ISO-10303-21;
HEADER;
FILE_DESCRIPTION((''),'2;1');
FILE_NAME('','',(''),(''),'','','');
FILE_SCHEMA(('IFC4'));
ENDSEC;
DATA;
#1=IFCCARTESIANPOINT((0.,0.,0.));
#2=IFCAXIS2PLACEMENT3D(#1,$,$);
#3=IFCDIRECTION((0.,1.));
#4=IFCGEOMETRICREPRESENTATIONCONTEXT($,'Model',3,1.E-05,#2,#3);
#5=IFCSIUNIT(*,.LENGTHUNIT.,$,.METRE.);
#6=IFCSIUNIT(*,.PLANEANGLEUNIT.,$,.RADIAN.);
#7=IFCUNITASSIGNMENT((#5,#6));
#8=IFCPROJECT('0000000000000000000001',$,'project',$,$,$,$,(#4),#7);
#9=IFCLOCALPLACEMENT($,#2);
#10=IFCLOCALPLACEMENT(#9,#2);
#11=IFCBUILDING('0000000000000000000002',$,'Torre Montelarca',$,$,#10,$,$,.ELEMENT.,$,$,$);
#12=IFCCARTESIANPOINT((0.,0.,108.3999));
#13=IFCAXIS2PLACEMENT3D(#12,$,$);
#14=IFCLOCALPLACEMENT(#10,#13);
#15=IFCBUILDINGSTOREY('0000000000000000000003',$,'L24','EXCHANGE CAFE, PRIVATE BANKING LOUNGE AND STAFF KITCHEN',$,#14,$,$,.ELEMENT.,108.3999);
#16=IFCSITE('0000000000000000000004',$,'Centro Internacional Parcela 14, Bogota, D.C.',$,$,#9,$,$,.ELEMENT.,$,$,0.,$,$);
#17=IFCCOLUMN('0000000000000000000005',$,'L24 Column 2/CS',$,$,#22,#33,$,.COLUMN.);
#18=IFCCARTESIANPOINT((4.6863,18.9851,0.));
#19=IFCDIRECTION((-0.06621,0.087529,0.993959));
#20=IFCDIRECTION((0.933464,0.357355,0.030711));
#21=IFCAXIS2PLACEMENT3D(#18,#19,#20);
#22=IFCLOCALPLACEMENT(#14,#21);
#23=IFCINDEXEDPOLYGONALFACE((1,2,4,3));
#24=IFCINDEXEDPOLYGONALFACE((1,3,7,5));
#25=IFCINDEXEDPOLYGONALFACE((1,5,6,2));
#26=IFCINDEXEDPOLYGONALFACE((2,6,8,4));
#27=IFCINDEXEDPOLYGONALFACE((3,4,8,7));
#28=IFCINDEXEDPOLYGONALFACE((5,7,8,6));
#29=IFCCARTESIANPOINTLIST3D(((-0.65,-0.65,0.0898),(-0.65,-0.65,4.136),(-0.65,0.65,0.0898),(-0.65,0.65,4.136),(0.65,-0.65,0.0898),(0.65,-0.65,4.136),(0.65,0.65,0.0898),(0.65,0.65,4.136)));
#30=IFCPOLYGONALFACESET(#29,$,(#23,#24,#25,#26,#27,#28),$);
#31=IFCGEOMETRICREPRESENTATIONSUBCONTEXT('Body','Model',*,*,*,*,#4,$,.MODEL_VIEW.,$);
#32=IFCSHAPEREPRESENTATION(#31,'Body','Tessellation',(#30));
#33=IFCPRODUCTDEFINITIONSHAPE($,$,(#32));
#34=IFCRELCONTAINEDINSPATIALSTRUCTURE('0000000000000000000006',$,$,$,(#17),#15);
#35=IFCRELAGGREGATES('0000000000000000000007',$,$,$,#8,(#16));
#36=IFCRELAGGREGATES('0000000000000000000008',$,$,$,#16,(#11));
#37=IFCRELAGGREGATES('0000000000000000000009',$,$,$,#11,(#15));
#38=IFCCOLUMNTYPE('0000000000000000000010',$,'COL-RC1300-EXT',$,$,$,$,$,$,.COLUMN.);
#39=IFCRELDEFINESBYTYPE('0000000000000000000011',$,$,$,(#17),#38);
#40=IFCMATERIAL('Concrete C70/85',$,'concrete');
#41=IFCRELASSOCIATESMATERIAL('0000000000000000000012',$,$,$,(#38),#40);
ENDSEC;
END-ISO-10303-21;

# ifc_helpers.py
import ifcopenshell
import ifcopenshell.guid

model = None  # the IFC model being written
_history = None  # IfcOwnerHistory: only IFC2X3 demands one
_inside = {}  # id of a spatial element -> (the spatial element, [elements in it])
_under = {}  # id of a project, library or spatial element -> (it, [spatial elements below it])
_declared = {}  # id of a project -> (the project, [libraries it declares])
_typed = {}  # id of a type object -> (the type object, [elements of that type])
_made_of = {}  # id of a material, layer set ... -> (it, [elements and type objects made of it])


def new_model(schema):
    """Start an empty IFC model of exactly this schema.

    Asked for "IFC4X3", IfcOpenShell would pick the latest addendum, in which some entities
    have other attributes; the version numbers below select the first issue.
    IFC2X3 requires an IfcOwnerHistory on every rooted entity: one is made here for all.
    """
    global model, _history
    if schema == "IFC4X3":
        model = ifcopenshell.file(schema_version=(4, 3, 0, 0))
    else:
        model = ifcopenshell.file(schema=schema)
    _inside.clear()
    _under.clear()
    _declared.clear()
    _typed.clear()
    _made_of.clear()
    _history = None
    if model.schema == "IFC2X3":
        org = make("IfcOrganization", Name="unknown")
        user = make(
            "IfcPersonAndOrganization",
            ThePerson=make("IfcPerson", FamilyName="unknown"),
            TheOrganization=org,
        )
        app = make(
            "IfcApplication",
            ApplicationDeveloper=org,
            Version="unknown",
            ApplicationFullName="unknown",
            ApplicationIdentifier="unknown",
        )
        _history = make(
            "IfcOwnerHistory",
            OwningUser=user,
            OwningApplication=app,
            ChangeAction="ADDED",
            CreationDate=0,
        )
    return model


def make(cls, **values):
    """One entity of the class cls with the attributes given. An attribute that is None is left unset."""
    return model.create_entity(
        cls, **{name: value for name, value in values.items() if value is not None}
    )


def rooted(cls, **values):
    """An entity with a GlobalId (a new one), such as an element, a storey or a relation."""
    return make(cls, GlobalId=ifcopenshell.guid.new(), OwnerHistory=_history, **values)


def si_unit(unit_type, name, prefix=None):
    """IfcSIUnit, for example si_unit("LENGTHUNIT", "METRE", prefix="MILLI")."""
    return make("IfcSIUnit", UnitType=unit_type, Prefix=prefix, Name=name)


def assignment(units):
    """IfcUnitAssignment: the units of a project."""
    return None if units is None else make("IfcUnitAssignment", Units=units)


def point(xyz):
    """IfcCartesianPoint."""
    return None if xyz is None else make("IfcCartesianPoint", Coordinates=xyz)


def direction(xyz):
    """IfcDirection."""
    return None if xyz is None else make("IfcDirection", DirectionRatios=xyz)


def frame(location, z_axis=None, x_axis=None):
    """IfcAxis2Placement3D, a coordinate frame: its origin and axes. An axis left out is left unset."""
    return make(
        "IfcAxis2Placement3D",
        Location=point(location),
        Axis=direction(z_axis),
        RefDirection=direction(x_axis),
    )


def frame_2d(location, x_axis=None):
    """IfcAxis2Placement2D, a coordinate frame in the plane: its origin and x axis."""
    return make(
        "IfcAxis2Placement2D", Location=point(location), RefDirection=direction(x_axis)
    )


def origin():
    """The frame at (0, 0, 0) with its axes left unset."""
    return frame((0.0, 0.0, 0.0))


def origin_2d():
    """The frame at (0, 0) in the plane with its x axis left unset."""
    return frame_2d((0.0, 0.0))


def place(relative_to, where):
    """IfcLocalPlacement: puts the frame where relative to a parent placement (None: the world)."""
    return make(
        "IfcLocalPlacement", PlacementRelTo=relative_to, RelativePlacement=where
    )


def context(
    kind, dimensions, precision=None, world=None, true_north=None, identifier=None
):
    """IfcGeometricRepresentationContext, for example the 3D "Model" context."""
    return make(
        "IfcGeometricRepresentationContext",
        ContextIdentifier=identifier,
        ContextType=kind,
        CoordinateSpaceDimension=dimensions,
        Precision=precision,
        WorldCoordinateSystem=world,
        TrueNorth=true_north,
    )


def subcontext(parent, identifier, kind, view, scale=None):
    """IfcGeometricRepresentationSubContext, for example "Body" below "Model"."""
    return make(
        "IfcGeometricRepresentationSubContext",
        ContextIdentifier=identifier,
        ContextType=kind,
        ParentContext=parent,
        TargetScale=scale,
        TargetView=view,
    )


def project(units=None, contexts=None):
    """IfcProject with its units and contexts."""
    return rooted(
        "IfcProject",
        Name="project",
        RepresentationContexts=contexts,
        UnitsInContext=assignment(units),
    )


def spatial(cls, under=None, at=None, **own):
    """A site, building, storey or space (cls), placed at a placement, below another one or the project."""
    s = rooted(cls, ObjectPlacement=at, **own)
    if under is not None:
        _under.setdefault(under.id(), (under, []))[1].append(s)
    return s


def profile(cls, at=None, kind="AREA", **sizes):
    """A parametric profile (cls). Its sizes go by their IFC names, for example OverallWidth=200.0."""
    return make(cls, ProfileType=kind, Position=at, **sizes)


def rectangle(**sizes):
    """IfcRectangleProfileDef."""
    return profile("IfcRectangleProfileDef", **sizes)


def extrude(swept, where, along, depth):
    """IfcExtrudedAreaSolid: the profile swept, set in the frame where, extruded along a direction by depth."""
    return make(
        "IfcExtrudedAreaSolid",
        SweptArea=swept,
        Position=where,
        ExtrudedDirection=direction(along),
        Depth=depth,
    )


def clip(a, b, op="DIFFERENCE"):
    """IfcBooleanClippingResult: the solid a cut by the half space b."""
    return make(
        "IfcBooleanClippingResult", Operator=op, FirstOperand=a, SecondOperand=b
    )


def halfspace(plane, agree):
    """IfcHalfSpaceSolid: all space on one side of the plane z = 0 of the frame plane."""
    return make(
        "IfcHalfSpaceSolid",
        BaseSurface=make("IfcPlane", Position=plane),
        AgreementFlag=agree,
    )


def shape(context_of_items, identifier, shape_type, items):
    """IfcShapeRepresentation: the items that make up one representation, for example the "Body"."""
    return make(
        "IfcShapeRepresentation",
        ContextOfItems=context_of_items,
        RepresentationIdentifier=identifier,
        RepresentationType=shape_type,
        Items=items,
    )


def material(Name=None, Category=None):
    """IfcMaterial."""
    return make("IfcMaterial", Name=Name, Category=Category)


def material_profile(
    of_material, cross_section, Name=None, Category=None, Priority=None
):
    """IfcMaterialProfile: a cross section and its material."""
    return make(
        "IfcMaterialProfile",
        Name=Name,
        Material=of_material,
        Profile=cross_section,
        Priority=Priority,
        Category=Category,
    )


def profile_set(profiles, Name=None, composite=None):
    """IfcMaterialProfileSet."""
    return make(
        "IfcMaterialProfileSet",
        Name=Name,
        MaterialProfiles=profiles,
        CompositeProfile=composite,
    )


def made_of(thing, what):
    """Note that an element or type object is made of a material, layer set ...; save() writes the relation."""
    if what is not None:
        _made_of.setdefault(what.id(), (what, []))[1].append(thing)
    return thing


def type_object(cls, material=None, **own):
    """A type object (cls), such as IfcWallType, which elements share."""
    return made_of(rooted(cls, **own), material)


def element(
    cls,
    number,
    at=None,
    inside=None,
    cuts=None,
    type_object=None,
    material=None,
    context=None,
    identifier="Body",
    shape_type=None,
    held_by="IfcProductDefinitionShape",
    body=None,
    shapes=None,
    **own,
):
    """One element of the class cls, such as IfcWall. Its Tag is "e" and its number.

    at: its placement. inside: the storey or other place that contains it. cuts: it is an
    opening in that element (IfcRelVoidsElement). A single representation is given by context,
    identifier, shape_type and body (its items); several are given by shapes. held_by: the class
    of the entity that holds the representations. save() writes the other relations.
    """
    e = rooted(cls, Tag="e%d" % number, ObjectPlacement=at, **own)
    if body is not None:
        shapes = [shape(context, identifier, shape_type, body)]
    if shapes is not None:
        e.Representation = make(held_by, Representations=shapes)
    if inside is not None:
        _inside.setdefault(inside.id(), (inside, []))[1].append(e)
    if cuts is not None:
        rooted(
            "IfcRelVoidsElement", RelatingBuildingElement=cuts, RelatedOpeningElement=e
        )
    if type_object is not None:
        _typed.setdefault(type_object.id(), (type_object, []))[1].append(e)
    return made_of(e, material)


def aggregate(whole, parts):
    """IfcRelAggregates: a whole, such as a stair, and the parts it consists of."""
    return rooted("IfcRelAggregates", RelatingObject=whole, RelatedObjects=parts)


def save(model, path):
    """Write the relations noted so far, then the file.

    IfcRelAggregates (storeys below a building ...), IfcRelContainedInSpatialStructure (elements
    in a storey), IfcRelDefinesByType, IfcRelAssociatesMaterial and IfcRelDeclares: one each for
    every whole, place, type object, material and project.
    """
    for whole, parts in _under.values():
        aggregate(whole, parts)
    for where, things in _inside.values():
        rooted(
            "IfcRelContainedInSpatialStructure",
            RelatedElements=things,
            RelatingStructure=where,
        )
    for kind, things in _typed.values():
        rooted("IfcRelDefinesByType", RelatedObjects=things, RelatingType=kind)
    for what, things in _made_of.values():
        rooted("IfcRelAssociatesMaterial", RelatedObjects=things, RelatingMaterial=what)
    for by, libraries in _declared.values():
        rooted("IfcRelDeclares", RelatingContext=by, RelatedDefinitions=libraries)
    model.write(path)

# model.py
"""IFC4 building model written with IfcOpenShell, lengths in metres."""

from ifc_helpers import new_model, si_unit, direction, frame, origin, origin_2d, place, context, subcontext, project, spatial, rectangle, extrude, clip, halfspace, material, material_profile, profile_set, type_object, element, save


model = new_model("IFC4")

# Units and contexts
model_context = context("Model", 3, precision=1e-05, world=origin(), true_north=direction((0.0, 1.0)))
body_context = subcontext(model_context, "Body", "Model", "MODEL_VIEW")
ifc_project = project(units=[si_unit("LENGTHUNIT", "METRE"), si_unit("PLANEANGLEUNIT", "RADIAN")], contexts=[model_context])

# Site, building, storey
site_placement = place(None, origin())
site = spatial("IfcSite", under=ifc_project, at=site_placement, Name="Centro Internacional Parcela 14, Bogota, D.C.", CompositionType="ELEMENT", RefElevation=0.0)
building_placement = place(site_placement, origin())
building = spatial("IfcBuilding", under=site, at=building_placement, Name="Torre Montelarca", CompositionType="ELEMENT")
storey_placement = place(building_placement, frame((0.0, 0.0, 108.3999)))
storey = spatial("IfcBuildingStorey", under=building, at=storey_placement, Name="L24", Description="EXCHANGE CAFE, PRIVATE BANKING LOUNGE AND STAFF KITCHEN", CompositionType="ELEMENT", Elevation=108.3999)

# Column
ifc_material_1 = material(Name="Concrete C70/85", Category="concrete")
ifc_material_profile_1 = material_profile(ifc_material_1, rectangle(XDim=1.3, YDim=1.3, at=origin_2d()), Name="RC1300X1300", Category="concrete")
ifc_profile_set_1 = profile_set([ifc_material_profile_1], Name="Concrete C70/85")
column_type = type_object("IfcColumnType", Name="COL-RC1300-EXT", PredefinedType="COLUMN", material=ifc_profile_set_1)
column_placement = place(storey_placement, frame((4.6863, 18.9851, 0.0), z_axis=(-0.06621, 0.087529, 0.993959), x_axis=(0.933464, 0.357355, 0.030711)))
element("IfcColumn", 1, at=column_placement, inside=storey, type_object=column_type, Name="L24 Column 2/CS", PredefinedType="COLUMN", context=body_context, shape_type="Clipping", body=[
    clip(clip(extrude(rectangle(XDim=1.3, YDim=1.3, at=origin_2d()), origin(), (0.0, 0.0, 1.0), 4.2258), halfspace(frame((0.0, 0.0, 0.0898), z_axis=(0.0, 0.0, -1.0), x_axis=(1.0, 0.0, 0.0)), False)), halfspace(frame((0.0, 0.0, 4.136), z_axis=(0.0, 0.0, 1.0), x_axis=(1.0, 0.0, 0.0)), False)),
])

save(model, "model.ifc")
